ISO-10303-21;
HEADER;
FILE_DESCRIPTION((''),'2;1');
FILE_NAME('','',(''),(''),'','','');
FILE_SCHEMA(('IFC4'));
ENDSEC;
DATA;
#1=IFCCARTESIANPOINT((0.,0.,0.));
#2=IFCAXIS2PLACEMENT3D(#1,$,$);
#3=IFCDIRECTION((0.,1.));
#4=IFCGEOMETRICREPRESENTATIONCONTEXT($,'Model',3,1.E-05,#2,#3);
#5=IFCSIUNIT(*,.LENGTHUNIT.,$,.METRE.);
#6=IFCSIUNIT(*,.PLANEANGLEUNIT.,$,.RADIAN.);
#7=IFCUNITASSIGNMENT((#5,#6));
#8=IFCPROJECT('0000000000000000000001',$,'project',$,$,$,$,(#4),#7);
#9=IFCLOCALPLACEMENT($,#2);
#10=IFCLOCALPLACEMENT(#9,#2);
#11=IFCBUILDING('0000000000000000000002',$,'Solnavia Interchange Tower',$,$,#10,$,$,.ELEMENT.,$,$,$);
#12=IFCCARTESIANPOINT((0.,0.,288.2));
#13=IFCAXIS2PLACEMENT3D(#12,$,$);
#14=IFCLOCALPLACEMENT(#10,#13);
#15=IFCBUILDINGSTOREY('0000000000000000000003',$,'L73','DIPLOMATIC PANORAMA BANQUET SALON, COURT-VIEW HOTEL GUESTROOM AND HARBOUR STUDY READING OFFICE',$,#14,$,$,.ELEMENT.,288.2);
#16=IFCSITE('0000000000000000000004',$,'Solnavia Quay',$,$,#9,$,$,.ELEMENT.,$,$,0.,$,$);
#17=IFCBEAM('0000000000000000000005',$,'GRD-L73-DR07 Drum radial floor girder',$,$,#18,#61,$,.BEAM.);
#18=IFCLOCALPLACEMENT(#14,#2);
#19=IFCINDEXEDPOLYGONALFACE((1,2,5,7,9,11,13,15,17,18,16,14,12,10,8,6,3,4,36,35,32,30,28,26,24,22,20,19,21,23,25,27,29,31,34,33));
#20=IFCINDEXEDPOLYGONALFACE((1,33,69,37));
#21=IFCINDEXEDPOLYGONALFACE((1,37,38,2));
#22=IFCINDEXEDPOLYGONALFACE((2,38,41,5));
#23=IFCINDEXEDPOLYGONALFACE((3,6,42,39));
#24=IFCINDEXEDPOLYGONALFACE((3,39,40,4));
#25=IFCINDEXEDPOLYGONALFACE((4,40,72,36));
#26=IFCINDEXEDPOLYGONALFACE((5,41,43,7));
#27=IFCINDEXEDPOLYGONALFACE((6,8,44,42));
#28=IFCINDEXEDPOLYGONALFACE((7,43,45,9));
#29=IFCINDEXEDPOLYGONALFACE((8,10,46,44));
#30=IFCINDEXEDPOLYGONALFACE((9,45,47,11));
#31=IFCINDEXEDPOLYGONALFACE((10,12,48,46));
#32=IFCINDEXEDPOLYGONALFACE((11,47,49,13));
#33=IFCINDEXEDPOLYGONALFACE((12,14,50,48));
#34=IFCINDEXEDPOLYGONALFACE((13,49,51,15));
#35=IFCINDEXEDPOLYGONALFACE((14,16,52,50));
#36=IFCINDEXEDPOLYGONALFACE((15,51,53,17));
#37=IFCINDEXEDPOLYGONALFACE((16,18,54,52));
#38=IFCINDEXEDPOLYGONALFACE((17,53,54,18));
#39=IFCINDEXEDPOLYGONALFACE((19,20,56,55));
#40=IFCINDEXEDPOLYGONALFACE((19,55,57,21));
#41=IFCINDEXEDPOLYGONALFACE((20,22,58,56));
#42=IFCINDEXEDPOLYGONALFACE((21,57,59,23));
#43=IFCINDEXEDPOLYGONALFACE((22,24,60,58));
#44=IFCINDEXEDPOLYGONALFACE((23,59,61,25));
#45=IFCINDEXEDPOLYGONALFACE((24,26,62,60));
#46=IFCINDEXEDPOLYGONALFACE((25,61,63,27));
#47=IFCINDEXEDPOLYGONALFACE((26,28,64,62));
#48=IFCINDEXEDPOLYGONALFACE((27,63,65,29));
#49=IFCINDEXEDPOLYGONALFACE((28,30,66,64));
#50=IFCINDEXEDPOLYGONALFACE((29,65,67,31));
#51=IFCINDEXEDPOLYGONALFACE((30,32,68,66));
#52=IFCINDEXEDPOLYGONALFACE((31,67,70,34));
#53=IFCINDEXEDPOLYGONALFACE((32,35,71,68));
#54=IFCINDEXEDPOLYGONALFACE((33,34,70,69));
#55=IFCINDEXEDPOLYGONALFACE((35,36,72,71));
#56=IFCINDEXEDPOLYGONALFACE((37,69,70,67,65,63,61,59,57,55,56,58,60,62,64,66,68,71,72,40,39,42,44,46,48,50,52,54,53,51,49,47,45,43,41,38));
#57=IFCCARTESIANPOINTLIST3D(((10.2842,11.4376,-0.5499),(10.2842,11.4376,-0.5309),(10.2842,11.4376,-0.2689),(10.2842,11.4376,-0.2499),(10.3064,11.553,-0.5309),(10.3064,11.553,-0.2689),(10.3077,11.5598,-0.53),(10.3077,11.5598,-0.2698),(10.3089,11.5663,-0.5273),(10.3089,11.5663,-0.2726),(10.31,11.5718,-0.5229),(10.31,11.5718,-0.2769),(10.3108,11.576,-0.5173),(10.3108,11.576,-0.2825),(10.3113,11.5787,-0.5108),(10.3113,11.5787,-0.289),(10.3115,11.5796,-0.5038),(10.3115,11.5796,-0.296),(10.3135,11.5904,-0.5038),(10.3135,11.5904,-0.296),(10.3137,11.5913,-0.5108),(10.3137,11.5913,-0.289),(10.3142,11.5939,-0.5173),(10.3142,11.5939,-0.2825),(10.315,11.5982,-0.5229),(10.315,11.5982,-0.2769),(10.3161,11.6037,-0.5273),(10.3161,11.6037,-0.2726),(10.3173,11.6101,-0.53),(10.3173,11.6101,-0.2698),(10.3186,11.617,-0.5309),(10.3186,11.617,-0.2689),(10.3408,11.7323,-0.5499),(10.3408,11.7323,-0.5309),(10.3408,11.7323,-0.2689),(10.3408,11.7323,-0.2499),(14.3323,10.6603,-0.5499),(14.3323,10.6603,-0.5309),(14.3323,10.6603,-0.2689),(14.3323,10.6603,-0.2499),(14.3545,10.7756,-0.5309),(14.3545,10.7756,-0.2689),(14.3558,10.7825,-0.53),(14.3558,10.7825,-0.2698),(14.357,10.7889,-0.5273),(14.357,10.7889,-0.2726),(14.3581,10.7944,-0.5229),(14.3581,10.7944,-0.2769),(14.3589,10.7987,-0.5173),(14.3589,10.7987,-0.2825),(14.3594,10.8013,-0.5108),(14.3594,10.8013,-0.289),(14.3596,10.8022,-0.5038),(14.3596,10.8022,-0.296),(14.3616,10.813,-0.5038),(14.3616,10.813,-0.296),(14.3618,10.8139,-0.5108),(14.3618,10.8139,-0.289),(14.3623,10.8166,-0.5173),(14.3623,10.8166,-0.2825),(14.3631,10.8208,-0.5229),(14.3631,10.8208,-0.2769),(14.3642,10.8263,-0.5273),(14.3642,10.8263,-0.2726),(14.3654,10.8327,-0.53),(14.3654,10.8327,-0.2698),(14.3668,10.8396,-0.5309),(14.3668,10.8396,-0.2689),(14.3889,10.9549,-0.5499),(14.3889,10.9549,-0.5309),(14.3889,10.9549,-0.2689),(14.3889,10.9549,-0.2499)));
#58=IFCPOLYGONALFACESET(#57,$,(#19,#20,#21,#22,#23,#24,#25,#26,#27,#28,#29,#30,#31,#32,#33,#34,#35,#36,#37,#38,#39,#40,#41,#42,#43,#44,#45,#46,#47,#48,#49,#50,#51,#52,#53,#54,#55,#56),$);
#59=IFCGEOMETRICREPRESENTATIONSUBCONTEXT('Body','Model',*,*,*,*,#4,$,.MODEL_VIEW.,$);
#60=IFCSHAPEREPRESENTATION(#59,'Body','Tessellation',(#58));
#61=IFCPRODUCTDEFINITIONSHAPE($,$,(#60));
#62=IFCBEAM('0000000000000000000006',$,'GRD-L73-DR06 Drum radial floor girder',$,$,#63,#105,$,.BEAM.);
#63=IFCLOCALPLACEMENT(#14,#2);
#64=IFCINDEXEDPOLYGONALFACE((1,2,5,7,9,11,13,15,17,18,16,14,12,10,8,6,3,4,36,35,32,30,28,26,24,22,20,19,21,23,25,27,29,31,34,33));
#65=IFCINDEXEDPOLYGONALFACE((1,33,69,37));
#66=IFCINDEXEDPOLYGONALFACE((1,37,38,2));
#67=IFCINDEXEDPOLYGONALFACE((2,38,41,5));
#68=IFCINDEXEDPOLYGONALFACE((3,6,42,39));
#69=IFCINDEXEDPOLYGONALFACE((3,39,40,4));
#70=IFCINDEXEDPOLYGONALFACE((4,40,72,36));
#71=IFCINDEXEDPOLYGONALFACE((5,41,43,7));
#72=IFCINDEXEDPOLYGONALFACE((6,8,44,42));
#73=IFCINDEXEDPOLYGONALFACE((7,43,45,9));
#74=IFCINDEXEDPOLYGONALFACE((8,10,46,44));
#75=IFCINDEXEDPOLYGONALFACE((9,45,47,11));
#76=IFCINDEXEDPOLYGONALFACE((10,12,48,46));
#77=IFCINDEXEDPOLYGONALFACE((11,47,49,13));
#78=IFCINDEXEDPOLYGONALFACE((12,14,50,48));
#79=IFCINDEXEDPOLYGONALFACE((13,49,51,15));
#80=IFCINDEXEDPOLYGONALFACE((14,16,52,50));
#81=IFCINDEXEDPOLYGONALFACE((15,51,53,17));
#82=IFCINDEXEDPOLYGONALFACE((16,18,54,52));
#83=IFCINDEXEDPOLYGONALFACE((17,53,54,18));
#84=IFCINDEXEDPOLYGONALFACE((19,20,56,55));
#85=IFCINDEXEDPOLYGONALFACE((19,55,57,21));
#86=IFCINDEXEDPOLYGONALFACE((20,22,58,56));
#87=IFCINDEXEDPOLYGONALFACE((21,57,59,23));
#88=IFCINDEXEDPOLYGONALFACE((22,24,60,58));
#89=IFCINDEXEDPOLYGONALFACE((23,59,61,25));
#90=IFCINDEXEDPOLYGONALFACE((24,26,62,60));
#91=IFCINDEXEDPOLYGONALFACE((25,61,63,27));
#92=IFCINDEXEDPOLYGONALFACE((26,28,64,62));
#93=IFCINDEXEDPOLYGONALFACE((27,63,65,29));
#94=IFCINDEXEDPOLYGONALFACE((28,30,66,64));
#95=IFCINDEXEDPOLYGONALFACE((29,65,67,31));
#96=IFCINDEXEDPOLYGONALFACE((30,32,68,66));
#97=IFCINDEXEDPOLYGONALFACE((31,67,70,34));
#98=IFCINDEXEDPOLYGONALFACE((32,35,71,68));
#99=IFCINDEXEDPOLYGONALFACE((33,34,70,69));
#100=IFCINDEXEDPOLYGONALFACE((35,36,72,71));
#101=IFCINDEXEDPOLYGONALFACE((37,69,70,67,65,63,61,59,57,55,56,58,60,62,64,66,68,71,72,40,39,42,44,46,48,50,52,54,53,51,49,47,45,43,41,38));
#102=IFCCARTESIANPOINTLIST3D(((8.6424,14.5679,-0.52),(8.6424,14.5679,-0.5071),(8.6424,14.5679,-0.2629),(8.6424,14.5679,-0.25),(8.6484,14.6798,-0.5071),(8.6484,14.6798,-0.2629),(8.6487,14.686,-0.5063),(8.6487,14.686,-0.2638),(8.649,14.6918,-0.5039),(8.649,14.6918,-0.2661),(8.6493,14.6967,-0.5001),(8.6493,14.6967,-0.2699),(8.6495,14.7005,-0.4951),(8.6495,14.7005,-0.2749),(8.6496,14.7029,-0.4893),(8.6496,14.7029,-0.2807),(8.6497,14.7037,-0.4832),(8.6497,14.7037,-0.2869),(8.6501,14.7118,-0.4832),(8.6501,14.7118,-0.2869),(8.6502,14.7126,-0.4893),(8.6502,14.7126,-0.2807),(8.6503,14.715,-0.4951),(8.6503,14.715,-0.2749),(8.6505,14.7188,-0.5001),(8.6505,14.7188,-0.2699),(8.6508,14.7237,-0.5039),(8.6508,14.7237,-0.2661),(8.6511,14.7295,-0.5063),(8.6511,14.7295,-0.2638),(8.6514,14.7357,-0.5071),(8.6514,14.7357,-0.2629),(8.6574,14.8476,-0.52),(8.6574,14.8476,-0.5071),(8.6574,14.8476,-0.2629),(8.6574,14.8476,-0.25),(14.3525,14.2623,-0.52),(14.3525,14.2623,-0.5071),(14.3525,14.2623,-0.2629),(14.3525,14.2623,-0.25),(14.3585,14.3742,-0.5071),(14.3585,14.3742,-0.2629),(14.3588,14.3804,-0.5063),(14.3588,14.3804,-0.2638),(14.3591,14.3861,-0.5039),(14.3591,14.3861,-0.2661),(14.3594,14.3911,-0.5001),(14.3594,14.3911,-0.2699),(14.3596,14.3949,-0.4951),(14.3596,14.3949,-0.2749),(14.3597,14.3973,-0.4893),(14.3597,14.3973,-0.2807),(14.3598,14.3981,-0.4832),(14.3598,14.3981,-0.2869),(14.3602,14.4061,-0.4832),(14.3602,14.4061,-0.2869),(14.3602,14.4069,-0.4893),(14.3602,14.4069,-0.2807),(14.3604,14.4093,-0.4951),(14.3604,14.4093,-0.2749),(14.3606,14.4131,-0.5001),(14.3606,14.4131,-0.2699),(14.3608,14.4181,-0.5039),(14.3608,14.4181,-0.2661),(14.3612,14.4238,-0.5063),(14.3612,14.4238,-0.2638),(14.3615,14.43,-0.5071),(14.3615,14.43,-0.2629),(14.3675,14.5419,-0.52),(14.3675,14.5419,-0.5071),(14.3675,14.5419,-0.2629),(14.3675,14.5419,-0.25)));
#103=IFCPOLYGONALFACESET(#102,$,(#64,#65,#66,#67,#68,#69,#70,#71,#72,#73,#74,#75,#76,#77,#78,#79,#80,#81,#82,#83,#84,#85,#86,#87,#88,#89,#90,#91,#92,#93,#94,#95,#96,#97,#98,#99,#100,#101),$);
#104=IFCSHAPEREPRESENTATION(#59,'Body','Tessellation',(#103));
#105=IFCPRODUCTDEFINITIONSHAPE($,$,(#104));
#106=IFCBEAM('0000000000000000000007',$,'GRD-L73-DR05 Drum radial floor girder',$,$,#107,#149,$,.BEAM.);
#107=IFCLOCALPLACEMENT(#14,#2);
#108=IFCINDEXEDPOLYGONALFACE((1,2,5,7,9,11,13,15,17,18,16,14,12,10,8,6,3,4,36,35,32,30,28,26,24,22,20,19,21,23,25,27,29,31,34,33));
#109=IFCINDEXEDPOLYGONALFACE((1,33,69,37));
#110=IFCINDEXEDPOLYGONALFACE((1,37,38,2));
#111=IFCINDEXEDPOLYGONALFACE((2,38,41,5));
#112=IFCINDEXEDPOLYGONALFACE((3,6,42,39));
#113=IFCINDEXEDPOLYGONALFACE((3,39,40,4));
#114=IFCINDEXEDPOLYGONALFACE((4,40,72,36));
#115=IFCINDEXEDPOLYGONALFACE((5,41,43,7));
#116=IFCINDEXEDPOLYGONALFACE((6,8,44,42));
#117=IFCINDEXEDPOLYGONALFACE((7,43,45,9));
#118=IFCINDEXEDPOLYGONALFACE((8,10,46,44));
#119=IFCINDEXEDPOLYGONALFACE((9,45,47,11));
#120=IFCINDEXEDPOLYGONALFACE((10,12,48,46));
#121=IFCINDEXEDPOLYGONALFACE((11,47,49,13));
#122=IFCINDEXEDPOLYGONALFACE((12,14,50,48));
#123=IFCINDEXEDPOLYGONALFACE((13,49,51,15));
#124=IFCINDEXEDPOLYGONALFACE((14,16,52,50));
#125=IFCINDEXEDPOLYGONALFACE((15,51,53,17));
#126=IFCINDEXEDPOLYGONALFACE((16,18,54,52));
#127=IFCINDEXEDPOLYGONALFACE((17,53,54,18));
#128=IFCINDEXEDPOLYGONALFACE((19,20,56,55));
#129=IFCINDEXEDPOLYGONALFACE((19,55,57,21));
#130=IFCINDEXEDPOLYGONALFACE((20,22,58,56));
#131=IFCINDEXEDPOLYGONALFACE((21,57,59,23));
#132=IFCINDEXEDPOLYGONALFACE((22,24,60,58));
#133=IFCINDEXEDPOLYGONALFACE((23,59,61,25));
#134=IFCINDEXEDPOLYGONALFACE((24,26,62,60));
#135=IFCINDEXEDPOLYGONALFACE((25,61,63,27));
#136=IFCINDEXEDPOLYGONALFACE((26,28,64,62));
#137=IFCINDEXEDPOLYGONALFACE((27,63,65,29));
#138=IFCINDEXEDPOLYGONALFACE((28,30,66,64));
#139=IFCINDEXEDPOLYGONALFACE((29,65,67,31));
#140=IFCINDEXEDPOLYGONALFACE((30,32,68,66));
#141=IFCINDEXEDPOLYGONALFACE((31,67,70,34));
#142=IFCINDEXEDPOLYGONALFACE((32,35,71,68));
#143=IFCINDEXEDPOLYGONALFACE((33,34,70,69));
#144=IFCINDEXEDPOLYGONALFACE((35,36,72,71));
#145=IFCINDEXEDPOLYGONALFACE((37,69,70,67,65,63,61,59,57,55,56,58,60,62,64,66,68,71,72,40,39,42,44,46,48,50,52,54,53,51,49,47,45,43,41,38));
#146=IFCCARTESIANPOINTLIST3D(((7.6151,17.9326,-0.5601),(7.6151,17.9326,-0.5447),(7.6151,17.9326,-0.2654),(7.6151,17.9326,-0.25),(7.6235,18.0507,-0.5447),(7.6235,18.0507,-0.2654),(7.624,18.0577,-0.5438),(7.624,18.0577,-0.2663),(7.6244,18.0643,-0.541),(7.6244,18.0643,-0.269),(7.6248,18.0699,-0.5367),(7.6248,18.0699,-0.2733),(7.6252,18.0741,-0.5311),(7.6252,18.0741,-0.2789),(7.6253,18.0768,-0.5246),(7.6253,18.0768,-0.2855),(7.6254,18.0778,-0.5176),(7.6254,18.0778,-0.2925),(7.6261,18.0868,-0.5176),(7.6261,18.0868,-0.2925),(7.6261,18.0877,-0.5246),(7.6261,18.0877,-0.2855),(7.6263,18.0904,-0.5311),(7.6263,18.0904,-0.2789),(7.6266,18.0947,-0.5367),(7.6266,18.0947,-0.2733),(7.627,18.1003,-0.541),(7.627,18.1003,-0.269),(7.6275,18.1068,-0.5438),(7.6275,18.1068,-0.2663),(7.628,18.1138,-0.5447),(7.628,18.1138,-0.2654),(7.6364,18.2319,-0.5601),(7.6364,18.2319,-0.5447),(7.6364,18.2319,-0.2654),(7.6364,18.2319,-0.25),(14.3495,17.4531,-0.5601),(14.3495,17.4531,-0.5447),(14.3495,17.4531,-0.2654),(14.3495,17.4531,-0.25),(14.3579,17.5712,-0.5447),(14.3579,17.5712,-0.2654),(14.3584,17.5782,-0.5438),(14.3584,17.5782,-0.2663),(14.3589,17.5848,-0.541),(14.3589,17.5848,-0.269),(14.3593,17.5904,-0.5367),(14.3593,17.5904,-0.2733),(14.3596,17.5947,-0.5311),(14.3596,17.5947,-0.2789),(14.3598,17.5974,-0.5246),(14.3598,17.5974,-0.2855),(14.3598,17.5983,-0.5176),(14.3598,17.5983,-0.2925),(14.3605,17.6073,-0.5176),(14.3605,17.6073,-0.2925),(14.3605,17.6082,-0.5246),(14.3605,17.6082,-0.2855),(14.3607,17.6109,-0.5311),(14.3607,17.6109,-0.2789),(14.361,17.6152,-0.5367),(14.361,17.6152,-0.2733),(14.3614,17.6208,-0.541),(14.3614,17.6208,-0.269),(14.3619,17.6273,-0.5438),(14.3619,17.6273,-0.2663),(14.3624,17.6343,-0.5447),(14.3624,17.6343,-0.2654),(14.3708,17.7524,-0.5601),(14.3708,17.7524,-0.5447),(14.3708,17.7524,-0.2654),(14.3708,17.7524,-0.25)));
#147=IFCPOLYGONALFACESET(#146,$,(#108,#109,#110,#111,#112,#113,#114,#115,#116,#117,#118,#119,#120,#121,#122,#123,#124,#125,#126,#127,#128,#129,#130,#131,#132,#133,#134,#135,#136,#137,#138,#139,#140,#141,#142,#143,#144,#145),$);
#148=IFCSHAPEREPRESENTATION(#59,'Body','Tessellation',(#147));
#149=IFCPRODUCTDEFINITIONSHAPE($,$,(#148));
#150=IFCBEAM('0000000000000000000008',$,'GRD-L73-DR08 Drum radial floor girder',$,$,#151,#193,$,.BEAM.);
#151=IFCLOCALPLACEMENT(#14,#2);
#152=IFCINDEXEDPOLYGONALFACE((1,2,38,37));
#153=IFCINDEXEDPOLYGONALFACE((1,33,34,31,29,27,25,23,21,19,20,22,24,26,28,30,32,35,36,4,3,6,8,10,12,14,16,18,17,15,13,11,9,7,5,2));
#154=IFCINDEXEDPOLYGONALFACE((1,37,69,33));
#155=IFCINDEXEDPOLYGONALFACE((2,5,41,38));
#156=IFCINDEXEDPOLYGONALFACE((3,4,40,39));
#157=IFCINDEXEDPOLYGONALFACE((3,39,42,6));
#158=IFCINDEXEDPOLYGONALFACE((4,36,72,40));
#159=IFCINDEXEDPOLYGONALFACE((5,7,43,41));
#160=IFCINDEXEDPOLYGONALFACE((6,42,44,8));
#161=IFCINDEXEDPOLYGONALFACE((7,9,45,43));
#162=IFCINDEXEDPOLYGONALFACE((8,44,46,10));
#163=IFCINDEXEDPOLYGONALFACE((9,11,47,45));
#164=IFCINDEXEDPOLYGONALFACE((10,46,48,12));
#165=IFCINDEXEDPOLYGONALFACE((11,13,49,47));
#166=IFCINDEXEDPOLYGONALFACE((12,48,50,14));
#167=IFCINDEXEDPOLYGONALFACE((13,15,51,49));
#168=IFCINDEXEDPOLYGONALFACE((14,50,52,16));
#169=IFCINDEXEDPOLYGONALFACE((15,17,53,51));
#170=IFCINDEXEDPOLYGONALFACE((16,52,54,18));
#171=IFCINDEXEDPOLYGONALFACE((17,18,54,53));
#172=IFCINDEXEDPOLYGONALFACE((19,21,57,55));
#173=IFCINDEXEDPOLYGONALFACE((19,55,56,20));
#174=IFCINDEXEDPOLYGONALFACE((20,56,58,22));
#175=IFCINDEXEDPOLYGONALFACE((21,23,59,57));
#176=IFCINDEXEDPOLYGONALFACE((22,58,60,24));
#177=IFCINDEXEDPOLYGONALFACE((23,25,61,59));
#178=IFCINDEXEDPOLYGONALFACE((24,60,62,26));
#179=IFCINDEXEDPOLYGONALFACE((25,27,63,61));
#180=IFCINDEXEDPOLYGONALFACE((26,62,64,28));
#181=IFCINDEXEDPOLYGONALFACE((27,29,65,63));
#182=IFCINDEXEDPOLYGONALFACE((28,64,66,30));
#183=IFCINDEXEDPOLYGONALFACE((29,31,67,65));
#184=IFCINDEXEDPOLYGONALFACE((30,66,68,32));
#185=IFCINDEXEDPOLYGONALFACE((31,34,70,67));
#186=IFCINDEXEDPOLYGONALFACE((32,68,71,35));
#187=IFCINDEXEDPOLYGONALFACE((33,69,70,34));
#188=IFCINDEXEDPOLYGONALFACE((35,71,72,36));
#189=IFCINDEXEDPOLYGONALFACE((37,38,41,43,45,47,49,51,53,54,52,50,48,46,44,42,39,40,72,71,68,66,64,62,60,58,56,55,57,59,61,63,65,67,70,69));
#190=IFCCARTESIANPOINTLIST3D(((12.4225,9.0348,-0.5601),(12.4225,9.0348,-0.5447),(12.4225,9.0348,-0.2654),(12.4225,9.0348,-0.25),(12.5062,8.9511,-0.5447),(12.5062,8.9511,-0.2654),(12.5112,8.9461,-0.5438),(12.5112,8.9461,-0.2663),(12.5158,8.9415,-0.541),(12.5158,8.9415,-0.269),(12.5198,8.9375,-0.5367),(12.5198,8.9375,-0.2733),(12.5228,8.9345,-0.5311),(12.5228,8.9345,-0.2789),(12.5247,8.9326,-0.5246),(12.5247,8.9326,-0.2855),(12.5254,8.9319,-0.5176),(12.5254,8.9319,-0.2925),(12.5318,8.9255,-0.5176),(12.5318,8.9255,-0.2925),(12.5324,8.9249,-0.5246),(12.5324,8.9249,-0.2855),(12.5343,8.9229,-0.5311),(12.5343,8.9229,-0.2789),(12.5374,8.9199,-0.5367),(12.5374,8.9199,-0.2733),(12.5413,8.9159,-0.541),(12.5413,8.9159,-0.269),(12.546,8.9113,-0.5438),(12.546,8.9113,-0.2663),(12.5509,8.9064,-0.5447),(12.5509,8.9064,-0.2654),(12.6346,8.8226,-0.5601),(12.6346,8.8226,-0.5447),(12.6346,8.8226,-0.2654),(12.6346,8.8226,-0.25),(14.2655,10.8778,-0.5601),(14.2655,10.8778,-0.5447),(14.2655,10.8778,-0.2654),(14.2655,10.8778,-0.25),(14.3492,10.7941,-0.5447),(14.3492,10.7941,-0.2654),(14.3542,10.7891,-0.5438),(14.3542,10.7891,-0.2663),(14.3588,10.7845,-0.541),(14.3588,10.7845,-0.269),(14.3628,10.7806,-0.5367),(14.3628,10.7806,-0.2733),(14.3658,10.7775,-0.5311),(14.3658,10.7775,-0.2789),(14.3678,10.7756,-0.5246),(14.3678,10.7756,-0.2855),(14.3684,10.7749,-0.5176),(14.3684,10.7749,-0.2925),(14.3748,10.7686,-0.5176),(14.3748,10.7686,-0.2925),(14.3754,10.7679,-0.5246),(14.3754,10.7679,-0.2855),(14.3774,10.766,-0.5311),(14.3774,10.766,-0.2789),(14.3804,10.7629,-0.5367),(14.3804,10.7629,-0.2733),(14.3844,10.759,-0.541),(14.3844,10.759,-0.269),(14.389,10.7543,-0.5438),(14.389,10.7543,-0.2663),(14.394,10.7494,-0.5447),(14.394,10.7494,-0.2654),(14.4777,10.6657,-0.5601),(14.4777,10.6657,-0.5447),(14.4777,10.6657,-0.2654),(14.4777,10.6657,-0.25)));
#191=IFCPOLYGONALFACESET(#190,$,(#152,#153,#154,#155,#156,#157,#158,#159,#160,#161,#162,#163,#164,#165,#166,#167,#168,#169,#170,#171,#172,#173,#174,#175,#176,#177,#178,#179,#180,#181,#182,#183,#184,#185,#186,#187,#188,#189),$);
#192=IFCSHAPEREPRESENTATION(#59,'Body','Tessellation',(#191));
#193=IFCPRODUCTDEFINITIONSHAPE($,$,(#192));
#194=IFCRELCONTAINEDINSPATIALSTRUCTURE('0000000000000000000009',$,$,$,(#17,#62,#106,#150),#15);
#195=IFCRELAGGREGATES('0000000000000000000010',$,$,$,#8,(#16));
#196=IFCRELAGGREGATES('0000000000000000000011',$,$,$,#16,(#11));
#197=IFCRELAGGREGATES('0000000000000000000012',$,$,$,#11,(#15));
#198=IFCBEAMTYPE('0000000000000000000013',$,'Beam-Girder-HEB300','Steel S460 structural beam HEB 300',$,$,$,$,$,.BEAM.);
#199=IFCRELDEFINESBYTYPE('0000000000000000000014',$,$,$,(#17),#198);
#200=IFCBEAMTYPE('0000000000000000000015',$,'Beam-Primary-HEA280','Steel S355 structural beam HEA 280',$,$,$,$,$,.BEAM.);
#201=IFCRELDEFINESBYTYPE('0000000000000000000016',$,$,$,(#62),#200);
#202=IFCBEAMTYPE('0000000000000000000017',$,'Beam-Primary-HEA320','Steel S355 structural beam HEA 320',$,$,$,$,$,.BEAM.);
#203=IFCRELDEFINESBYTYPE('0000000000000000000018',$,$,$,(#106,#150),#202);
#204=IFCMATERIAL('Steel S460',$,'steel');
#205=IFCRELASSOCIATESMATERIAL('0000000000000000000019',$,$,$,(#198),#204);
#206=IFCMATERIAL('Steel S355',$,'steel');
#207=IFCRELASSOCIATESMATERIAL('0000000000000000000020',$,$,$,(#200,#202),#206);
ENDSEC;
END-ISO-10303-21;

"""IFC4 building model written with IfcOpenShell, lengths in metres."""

from ifc_helpers import new_model, si_unit, direction, frame, origin, origin_2d, place, context, subcontext, project, spatial, i_section, extrude, material, material_profile, profile_set, type_object, element, save


model = new_model("IFC4")

# Units and contexts
model_context = context("Model", 3, precision=1e-05, world=origin(), true_north=direction((0.0, 1.0)))
body_context = subcontext(model_context, "Body", "Model", "MODEL_VIEW")
ifc_project = project(units=[si_unit("LENGTHUNIT", "METRE"), si_unit("PLANEANGLEUNIT", "RADIAN")], contexts=[model_context])

# Site, building, storey
site_placement = place(None, origin())
site = spatial("IfcSite", under=ifc_project, at=site_placement, Name="Solnavia Quay", CompositionType="ELEMENT", RefElevation=0.0)
building_placement = place(site_placement, origin())
building = spatial("IfcBuilding", under=site, at=building_placement, Name="Solnavia Interchange Tower", CompositionType="ELEMENT")
storey_placement = place(building_placement, frame((0.0, 0.0, 288.2)))
storey = spatial("IfcBuildingStorey", under=building, at=storey_placement, Name="L73", Description="DIPLOMATIC PANORAMA BANQUET SALON, COURT-VIEW HOTEL GUESTROOM AND HARBOUR STUDY READING OFFICE", CompositionType="ELEMENT", Elevation=288.2)

# Beams
ifc_material_1 = material(Name="Steel S460", Category="steel")
ifc_material_profile_1 = material_profile(ifc_material_1, i_section(OverallWidth=0.3, OverallDepth=0.3, WebThickness=0.011, FlangeThickness=0.019, FilletRadius=0.0271, at=origin_2d()), Name="HEB 300")
ifc_profile_set_1 = profile_set([ifc_material_profile_1], Name="Steel S460")
beam_type_1 = type_object("IfcBeamType", Name="Beam-Girder-HEB300", Description="Steel S460 structural beam HEB 300", PredefinedType="BEAM", material=ifc_profile_set_1)
beam_1_placement = place(storey_placement, frame((10.3125, 11.585, -0.3999), z_axis=(0.982058, -0.188582, 0.0), x_axis=(0.188582, 0.982058, 0.0)))
element("IfcBeam", 1, at=beam_1_placement, inside=storey, type_object=beam_type_1, Name="GRD-L73-DR07 Drum radial floor girder", PredefinedType="BEAM", context=body_context, shape_type="SweptSolid", body=[
    extrude(i_section(OverallWidth=0.3, OverallDepth=0.3, WebThickness=0.011, FlangeThickness=0.019, FilletRadius=0.0271, at=origin_2d()), origin(), (0.0, 0.0, 1.0), 4.1221),
])
ifc_material_2 = material(Name="Steel S355", Category="steel")
ifc_material_profile_2 = material_profile(ifc_material_2, i_section(OverallWidth=0.28, OverallDepth=0.27, WebThickness=0.0081, FlangeThickness=0.0129, FilletRadius=0.0239, at=origin_2d()), Name="HEA 280")
ifc_profile_set_2 = profile_set([ifc_material_profile_2], Name="Steel S355")
beam_type_2 = type_object("IfcBeamType", Name="Beam-Primary-HEA280", Description="Steel S355 structural beam HEA 280", PredefinedType="BEAM", material=ifc_profile_set_2)
beam_2_placement = place(storey_placement, frame((8.6499, 14.7078, -0.385), z_axis=(0.99857, -0.053453, 0.0), x_axis=(0.053453, 0.99857, 0.0)))
element("IfcBeam", 2, at=beam_2_placement, inside=storey, type_object=beam_type_2, Name="GRD-L73-DR06 Drum radial floor girder", PredefinedType="BEAM", context=body_context, shape_type="SweptSolid", body=[
    extrude(i_section(OverallWidth=0.28, OverallDepth=0.27, WebThickness=0.0081, FlangeThickness=0.0129, FilletRadius=0.0239, at=origin_2d()), origin(), (0.0, 0.0, 1.0), 5.7183),
])
ifc_material_profile_3 = material_profile(ifc_material_2, i_section(OverallWidth=0.3, OverallDepth=0.3101, WebThickness=0.009, FlangeThickness=0.0154, FilletRadius=0.0271, at=origin_2d()), Name="HEA 320")
ifc_profile_set_3 = profile_set([ifc_material_profile_3], Name="Steel S355")
beam_type_3 = type_object("IfcBeamType", Name="Beam-Primary-HEA320", Description="Steel S355 structural beam HEA 320", PredefinedType="BEAM", material=ifc_profile_set_3)
beam_3_placement = place(storey_placement, frame((7.6257, 18.0823, -0.405), z_axis=(0.997475, -0.071021, 0.0), x_axis=(0.071021, 0.997475, 0.0)))
element("IfcBeam", 3, at=beam_3_placement, inside=storey, type_object=beam_type_3, Name="GRD-L73-DR05 Drum radial floor girder", PredefinedType="BEAM", context=body_context, shape_type="SweptSolid", body=[
    extrude(i_section(OverallWidth=0.3, OverallDepth=0.3101, WebThickness=0.009, FlangeThickness=0.0154, FilletRadius=0.0271, at=origin_2d()), origin(), (0.0, 0.0, 1.0), 6.7515),
])
beam_4_placement = place(storey_placement, frame((12.5286, 8.9287, -0.405), z_axis=(0.707107, 0.707107, 0.0), x_axis=(-0.707107, 0.707107, 0.0)))
element("IfcBeam", 4, at=beam_4_placement, inside=storey, type_object=beam_type_3, Name="GRD-L73-DR08 Drum radial floor girder", PredefinedType="BEAM", context=body_context, shape_type="SweptSolid", body=[
    extrude(i_section(OverallWidth=0.3, OverallDepth=0.3101, WebThickness=0.009, FlangeThickness=0.0154, FilletRadius=0.0271, at=origin_2d()), origin(), (0.0, 0.0, 1.0), 2.6064),
])

save(model, "model.ifc")
